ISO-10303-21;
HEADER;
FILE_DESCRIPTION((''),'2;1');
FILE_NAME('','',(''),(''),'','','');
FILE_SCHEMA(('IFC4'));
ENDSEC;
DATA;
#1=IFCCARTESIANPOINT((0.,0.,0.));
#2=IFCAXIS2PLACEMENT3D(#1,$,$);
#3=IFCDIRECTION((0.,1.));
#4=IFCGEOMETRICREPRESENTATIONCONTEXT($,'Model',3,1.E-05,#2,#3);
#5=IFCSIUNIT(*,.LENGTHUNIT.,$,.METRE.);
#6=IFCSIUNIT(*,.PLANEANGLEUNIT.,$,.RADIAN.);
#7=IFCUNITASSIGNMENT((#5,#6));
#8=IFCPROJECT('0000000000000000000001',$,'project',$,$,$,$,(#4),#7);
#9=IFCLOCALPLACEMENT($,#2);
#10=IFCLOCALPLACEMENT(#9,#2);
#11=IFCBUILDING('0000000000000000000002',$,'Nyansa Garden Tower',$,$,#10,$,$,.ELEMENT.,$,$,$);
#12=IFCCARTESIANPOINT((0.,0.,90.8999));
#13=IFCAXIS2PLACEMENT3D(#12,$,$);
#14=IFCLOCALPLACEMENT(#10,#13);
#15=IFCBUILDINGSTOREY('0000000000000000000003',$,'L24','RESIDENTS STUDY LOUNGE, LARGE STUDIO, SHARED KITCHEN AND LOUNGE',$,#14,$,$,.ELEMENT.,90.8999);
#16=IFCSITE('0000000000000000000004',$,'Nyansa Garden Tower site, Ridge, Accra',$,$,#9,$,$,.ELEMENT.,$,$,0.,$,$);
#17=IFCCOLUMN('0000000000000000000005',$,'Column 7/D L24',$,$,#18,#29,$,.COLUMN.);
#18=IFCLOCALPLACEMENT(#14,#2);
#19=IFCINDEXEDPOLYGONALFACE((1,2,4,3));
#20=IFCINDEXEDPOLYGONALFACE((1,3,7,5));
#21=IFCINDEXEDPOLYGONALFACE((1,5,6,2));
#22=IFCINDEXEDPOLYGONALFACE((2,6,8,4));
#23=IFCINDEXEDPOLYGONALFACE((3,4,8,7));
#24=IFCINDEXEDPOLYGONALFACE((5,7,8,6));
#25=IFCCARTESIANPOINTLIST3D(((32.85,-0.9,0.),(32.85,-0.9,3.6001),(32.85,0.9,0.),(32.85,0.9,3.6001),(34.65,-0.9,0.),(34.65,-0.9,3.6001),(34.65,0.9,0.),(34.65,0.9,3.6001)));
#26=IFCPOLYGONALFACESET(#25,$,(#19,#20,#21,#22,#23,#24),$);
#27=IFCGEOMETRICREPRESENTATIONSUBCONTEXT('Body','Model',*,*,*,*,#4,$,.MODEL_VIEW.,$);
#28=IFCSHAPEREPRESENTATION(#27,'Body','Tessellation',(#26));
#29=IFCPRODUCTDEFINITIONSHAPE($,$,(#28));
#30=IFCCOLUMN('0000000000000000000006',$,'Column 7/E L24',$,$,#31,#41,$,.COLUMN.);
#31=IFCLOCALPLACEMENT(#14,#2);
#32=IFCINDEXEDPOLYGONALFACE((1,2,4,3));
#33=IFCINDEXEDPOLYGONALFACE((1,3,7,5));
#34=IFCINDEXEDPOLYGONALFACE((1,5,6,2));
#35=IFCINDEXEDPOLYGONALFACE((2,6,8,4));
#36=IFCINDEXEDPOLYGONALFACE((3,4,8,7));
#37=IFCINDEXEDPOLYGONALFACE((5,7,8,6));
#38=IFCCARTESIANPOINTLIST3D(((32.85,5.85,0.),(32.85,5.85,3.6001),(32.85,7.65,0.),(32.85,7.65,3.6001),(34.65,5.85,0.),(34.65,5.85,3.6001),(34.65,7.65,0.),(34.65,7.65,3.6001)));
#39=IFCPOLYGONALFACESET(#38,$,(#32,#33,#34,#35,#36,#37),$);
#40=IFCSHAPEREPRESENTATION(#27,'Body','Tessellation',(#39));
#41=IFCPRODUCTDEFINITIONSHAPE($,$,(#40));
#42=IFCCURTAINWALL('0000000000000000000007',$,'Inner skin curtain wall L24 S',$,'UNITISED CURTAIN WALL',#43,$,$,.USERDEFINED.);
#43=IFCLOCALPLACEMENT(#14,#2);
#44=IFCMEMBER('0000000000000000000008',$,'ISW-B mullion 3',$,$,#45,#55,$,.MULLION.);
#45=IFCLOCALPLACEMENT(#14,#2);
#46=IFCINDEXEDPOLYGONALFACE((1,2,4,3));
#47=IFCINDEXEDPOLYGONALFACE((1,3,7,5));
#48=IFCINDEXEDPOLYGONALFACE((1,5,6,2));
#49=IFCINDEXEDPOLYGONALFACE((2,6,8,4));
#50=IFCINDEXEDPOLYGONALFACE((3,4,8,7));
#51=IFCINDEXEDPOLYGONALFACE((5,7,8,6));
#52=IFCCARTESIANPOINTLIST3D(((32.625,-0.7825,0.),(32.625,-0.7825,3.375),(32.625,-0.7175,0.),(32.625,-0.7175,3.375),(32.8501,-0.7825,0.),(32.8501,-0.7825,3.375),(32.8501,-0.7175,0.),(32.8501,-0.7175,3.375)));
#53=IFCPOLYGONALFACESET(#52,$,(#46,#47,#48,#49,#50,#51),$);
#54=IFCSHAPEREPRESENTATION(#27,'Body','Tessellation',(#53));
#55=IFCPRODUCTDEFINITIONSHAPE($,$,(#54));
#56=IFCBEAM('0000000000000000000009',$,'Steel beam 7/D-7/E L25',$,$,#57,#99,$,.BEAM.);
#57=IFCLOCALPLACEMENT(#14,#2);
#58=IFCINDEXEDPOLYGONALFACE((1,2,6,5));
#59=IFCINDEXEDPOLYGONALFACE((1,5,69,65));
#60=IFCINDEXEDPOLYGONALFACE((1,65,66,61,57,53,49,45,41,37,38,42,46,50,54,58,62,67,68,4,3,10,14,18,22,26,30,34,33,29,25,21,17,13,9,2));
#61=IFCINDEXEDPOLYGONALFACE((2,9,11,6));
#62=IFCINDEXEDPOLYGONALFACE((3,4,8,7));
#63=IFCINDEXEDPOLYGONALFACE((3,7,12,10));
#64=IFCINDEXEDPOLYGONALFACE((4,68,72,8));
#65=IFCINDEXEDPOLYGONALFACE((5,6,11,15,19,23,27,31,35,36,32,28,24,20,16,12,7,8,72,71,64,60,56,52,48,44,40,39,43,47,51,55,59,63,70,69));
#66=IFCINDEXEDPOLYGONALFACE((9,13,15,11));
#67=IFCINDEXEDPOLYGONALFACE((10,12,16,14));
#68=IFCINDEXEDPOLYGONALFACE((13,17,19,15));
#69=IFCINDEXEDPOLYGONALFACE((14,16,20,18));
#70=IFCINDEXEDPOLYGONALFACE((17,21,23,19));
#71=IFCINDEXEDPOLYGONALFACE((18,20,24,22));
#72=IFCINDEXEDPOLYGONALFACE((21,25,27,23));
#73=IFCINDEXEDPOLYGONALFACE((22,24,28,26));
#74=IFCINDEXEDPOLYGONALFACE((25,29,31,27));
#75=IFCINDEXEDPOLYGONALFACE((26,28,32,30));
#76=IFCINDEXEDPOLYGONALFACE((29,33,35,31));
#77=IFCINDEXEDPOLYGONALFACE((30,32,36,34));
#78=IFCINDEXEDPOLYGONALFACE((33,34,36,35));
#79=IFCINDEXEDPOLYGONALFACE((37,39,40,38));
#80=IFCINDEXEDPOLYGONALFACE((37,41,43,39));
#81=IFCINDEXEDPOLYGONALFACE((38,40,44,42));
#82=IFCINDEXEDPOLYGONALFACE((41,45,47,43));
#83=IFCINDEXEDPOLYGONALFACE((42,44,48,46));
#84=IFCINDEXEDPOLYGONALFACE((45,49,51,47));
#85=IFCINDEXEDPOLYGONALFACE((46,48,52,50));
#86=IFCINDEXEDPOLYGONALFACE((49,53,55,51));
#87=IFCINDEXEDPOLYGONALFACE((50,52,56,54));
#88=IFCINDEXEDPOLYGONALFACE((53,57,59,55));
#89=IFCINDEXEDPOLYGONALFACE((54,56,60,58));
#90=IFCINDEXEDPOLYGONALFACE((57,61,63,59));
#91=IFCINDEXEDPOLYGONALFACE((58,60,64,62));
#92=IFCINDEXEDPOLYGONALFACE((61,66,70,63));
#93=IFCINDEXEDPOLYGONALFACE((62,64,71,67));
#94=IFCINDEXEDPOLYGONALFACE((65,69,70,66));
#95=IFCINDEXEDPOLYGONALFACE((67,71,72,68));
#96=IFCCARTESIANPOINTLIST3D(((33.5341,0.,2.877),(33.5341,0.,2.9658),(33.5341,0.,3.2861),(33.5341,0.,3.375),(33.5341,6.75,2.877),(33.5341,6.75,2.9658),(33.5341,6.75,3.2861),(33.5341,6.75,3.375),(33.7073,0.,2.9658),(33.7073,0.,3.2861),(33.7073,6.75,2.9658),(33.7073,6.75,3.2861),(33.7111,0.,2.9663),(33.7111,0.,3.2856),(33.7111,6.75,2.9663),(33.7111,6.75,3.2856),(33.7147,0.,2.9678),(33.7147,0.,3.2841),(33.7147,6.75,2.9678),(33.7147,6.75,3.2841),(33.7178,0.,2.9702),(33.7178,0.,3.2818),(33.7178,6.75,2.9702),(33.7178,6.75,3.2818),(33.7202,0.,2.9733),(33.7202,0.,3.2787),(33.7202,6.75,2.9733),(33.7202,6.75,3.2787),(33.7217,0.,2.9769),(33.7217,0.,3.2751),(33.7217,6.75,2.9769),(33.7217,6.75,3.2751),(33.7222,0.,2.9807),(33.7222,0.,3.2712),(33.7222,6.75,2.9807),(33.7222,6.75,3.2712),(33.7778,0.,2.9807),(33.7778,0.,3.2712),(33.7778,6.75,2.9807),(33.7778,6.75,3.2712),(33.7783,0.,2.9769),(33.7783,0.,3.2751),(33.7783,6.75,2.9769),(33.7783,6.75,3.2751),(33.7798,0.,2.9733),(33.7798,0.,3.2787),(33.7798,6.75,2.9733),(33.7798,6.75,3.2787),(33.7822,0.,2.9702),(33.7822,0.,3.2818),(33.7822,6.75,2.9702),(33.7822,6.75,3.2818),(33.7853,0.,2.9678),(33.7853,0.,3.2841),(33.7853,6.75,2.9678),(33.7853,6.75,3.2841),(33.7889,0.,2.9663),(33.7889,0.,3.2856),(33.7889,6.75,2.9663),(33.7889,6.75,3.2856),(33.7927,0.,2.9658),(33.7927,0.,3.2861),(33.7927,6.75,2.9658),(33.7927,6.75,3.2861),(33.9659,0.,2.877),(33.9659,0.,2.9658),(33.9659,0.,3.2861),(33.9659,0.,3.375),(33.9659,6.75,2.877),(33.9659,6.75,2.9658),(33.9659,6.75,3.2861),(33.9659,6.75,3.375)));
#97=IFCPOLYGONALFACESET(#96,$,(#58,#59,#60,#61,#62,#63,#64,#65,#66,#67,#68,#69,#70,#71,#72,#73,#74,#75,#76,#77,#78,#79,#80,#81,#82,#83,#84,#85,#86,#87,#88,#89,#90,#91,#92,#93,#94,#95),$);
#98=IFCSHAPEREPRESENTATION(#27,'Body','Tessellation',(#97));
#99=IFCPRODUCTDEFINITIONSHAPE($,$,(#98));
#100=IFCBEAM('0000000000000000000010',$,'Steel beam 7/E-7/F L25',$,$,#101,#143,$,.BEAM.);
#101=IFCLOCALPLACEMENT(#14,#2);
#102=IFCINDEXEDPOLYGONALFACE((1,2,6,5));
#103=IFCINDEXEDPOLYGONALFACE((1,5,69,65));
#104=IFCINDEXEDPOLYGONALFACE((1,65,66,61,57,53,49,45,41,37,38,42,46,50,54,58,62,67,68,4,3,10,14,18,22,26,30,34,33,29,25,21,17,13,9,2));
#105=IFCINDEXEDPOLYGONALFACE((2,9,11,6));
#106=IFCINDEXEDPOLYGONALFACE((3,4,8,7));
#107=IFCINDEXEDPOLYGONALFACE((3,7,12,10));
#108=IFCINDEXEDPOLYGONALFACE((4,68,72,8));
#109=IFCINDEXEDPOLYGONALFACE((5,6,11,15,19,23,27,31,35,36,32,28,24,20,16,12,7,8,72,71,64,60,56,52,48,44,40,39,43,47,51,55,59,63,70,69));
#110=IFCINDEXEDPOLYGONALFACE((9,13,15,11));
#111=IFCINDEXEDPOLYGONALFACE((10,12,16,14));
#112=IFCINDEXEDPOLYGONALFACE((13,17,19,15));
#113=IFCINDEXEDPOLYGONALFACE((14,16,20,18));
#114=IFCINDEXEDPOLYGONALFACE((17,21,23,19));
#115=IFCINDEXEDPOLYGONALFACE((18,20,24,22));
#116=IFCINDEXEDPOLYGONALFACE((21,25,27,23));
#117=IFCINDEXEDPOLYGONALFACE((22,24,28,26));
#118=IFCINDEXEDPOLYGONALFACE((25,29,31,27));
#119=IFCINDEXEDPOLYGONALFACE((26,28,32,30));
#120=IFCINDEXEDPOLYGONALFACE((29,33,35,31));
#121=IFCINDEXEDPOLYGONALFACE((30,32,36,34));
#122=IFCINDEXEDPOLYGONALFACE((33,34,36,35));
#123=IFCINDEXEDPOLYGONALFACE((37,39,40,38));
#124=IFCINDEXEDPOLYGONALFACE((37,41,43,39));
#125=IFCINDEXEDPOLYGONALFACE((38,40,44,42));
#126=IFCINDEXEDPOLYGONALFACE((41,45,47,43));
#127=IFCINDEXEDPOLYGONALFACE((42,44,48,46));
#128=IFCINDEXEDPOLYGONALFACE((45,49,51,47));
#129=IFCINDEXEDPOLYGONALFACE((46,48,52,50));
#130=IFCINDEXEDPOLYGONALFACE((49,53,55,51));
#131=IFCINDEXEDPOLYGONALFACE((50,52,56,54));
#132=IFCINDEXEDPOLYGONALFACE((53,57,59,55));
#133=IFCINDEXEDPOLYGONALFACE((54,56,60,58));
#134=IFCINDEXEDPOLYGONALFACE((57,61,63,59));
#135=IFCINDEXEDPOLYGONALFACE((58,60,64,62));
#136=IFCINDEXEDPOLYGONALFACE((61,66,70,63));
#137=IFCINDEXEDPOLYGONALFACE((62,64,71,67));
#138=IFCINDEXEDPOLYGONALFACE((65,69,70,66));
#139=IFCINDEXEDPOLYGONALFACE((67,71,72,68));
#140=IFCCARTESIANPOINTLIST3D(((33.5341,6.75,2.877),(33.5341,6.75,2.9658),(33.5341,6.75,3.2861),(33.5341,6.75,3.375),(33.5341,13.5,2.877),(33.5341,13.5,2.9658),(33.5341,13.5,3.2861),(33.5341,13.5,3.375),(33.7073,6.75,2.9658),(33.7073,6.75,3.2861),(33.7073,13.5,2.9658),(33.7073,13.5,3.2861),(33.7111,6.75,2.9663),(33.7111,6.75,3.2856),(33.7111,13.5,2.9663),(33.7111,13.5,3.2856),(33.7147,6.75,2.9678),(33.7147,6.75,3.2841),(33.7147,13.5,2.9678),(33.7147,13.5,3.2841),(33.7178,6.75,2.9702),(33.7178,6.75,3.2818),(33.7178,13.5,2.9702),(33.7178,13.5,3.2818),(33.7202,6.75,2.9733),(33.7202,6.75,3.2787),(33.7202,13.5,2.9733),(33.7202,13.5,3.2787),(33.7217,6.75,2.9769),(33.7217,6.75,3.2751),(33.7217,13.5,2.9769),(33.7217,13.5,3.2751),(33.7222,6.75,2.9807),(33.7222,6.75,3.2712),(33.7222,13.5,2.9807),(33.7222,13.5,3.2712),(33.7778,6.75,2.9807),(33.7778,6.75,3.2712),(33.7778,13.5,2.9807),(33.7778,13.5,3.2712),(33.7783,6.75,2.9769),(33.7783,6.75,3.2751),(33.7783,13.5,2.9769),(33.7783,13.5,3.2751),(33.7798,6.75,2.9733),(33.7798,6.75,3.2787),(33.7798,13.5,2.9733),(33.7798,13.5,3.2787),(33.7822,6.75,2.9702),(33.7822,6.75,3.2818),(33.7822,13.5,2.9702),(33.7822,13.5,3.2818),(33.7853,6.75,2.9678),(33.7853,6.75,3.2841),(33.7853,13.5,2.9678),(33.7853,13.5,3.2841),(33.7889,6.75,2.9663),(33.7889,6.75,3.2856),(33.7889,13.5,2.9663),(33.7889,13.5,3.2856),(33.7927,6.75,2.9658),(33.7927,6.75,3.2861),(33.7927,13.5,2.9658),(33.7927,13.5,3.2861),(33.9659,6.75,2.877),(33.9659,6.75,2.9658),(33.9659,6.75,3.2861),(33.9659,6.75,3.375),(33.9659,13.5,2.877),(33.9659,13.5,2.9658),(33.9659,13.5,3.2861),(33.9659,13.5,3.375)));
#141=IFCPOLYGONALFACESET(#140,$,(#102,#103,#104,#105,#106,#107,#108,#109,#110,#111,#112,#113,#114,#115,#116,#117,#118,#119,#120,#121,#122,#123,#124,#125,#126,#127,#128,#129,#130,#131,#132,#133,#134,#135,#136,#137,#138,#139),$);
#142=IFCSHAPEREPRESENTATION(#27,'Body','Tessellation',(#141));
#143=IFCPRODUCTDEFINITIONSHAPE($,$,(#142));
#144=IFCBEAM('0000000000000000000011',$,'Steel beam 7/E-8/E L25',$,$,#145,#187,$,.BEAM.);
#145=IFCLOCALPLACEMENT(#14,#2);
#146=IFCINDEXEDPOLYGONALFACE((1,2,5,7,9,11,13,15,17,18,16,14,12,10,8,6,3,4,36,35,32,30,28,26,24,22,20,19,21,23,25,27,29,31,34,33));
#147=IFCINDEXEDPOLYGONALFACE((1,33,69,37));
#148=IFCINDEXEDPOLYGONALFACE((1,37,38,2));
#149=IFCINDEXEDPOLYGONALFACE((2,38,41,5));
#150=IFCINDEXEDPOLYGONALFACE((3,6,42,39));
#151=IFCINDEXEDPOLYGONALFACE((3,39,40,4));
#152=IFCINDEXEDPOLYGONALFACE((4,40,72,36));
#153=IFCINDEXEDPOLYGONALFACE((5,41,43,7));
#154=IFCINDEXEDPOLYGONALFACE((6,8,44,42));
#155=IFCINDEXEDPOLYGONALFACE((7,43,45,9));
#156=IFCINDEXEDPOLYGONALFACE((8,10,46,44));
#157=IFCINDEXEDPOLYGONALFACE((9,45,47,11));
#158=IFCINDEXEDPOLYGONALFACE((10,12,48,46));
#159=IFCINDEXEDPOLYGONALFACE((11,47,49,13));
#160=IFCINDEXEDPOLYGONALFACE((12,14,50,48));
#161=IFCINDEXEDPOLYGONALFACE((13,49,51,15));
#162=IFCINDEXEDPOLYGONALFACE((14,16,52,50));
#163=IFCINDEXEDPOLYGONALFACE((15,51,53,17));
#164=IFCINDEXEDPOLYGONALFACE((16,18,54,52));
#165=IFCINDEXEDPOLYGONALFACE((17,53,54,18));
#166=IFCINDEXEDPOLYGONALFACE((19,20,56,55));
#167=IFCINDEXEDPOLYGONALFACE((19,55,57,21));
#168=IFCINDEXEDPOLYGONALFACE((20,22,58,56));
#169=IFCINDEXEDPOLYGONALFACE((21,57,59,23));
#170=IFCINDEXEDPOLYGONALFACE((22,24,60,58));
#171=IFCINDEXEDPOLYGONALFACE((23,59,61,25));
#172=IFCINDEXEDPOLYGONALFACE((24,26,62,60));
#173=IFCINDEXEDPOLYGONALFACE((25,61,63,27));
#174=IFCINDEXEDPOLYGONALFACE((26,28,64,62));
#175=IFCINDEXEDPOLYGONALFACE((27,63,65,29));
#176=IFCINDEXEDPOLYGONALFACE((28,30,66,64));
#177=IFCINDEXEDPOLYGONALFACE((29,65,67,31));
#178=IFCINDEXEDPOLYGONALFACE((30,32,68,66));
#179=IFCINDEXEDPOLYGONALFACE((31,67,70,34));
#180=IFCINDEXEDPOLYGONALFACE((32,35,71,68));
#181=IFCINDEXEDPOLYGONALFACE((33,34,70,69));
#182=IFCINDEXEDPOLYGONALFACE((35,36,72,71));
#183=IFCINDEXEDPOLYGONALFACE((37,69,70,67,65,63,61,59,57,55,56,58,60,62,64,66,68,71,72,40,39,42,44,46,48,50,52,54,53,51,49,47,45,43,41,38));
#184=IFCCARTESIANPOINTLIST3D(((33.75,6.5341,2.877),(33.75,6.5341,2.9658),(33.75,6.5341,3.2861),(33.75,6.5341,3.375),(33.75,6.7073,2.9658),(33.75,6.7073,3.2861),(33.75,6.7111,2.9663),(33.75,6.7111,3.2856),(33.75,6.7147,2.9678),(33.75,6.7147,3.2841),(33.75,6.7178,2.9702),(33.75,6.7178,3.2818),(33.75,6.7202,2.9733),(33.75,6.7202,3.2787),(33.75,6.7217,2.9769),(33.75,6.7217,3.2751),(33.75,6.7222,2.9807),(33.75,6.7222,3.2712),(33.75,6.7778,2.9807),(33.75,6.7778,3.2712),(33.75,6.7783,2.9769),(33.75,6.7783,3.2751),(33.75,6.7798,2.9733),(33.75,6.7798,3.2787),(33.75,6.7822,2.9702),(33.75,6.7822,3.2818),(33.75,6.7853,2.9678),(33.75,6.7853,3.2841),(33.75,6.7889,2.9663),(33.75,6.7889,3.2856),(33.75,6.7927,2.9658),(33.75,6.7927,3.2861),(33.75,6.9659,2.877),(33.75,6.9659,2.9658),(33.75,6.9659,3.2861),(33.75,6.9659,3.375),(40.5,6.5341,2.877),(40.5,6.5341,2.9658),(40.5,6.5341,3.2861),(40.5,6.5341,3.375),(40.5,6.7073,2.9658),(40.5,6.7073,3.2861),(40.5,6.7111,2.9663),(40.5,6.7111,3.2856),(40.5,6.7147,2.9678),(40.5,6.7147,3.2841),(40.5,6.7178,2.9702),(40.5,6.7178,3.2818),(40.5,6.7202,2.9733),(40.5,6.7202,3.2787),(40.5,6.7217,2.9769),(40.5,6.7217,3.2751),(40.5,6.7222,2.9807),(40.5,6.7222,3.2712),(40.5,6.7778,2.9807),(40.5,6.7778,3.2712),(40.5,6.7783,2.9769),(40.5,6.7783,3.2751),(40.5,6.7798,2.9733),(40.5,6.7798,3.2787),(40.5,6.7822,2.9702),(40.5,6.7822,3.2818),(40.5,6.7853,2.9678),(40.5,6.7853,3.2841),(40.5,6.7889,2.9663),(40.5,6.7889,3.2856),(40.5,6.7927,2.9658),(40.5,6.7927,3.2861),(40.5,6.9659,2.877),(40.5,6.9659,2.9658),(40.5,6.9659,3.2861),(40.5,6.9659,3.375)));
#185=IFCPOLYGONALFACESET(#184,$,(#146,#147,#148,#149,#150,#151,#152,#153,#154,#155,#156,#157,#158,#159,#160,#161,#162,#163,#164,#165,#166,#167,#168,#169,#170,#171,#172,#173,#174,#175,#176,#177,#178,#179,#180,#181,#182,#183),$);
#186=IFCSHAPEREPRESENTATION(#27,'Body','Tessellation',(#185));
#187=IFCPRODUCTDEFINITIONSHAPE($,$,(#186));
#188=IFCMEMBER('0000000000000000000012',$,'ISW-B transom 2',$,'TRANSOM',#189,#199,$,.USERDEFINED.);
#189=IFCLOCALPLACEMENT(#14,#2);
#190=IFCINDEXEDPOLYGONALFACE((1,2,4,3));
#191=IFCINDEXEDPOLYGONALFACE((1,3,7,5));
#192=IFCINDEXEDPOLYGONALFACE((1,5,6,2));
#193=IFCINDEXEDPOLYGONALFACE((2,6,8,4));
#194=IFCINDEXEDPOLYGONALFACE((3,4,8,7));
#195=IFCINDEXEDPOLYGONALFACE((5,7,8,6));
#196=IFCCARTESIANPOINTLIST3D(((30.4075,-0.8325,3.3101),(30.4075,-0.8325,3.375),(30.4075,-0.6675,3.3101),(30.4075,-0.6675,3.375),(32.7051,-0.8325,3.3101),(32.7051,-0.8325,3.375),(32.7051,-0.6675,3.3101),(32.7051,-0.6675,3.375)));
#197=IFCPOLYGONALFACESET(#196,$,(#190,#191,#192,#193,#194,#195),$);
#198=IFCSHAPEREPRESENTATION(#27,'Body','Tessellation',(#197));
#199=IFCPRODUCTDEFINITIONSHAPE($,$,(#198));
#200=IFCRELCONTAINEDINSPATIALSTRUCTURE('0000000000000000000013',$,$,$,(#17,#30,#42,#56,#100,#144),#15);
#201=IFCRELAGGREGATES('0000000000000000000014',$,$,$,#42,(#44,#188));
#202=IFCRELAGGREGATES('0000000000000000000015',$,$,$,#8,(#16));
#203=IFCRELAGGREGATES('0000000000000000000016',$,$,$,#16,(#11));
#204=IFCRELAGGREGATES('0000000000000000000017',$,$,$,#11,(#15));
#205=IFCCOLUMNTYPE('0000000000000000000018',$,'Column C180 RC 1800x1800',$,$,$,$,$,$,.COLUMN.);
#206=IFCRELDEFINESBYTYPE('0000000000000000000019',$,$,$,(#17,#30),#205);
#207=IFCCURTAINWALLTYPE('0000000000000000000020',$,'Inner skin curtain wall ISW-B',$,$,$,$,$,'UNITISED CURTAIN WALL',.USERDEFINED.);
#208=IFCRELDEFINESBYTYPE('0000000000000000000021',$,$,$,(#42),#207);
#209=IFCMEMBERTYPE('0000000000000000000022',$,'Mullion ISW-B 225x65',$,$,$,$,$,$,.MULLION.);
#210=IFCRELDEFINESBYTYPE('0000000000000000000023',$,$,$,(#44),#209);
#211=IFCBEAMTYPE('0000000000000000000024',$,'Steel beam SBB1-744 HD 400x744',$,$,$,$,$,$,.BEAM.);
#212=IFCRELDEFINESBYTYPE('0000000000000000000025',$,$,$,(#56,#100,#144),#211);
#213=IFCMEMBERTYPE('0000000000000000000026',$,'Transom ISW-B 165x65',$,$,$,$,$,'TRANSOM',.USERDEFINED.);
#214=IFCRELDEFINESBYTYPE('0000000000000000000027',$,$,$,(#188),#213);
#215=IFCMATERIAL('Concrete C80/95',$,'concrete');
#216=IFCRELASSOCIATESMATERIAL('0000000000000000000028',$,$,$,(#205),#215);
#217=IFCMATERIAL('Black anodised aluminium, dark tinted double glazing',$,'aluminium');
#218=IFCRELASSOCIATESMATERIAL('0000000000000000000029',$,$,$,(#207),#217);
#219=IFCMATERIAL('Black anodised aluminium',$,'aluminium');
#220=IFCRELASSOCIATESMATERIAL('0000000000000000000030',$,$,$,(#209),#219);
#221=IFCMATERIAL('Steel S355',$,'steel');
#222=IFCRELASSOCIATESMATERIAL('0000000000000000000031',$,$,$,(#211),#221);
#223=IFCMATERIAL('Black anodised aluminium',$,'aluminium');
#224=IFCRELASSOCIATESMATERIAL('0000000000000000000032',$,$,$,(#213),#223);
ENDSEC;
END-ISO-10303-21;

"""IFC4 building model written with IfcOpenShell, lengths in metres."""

from ifc_helpers import new_model, si_unit, direction, frame, origin, origin_2d, place, context, subcontext, project, spatial, rectangle, i_section, extrude, material, material_profile, profile_set, type_object, element, aggregate, save


model = new_model("IFC4")

# Units and contexts
model_context = context("Model", 3, precision=1e-05, world=origin(), true_north=direction((0.0, 1.0)))
body_context = subcontext(model_context, "Body", "Model", "MODEL_VIEW")
ifc_project = project(units=[si_unit("LENGTHUNIT", "METRE"), si_unit("PLANEANGLEUNIT", "RADIAN")], contexts=[model_context])

# Site, building, storey
site_placement = place(None, origin())
site = spatial("IfcSite", under=ifc_project, at=site_placement, Name="Nyansa Garden Tower site, Ridge, Accra", CompositionType="ELEMENT", RefElevation=0.0)
building_placement = place(site_placement, origin())
building = spatial("IfcBuilding", under=site, at=building_placement, Name="Nyansa Garden Tower", CompositionType="ELEMENT")
storey_placement = place(building_placement, frame((0.0, 0.0, 90.8999)))
storey = spatial("IfcBuildingStorey", under=building, at=storey_placement, Name="L24", Description="RESIDENTS STUDY LOUNGE, LARGE STUDIO, SHARED KITCHEN AND LOUNGE", CompositionType="ELEMENT", Elevation=90.8999)

# Columns
ifc_material_1 = material(Name="Concrete C80/95", Category="concrete")
ifc_material_profile_1 = material_profile(ifc_material_1, rectangle(XDim=1.8, YDim=1.8, at=origin_2d()), Name="RC 1800x1800")
ifc_profile_set_1 = profile_set([ifc_material_profile_1], Name="Concrete C80/95")
column_type = type_object("IfcColumnType", Name="Column C180 RC 1800x1800", PredefinedType="COLUMN", material=ifc_profile_set_1)
for number, where, z_axis, x_axis, name in (
    (1, (33.75, 0.0, 0.0), (0.0, 0.0, 1.0), (1.0, 0.0, 0.0), "Column 7/D L24"),
    (2, (33.75, 6.75, 0.0), (0.0, 0.0, 1.0), (1.0, 0.0, 0.0), "Column 7/E L24"),
):
    element("IfcColumn", number, at=place(storey_placement, frame(where, z_axis=z_axis, x_axis=x_axis)), inside=storey, type_object=column_type, Name=name, PredefinedType="COLUMN", context=body_context, shape_type="SweptSolid", body=[
        extrude(rectangle(XDim=1.8, YDim=1.8, at=origin_2d()), origin(), (0.0, 0.0, 1.0), 3.6001),
    ])

# Curtain wall, member
ifc_material_2 = material(Name="Black anodised aluminium, dark tinted double glazing", Category="aluminium")
curtain_wall_type = type_object("IfcCurtainWallType", Name="Inner skin curtain wall ISW-B", ElementType="UNITISED CURTAIN WALL", PredefinedType="USERDEFINED", material=ifc_material_2)
curtain_wall_placement = place(storey_placement, origin())
curtain_wall = element("IfcCurtainWall", 3, at=curtain_wall_placement, inside=storey, type_object=curtain_wall_type, Name="Inner skin curtain wall L24 S", ObjectType="UNITISED CURTAIN WALL", PredefinedType="USERDEFINED")
ifc_material_3 = material(Name="Black anodised aluminium", Category="aluminium")
ifc_material_profile_2 = material_profile(ifc_material_3, rectangle(XDim=0.0649, YDim=0.2251, at=origin_2d()), Name="Mullion 225x65")
ifc_profile_set_2 = profile_set([ifc_material_profile_2], Name="Black anodised aluminium")
member_type_1 = type_object("IfcMemberType", Name="Mullion ISW-B 225x65", PredefinedType="MULLION", material=ifc_profile_set_2)
member_1_placement = place(storey_placement, frame((32.7375, -0.75, 0.0), z_axis=(0.0, 0.0, 1.0), x_axis=(0.0, 1.0, 0.0)))
member_1 = element("IfcMember", 4, at=member_1_placement, type_object=member_type_1, Name="ISW-B mullion 3", PredefinedType="MULLION", context=body_context, shape_type="SweptSolid", body=[
    extrude(rectangle(XDim=0.0649, YDim=0.2251, at=origin_2d()), origin(), (0.0, 0.0, 1.0), 3.375),
])

# Beams
ifc_material_4 = material(Name="Steel S355", Category="steel")
ifc_material_profile_3 = material_profile(ifc_material_4, i_section(OverallWidth=0.4319, OverallDepth=0.498, WebThickness=0.0557, FlangeThickness=0.0889, FilletRadius=0.0149, at=origin_2d()), Name="HD 400x744")
ifc_profile_set_3 = profile_set([ifc_material_profile_3], Name="Steel S355")
beam_type = type_object("IfcBeamType", Name="Steel beam SBB1-744 HD 400x744", PredefinedType="BEAM", material=ifc_profile_set_3)
for number, where, z_axis, x_axis, name in (
    (5, (33.75, 0.0, 3.126), (0.0, 1.0, 0.0), (-1.0, 0.0, 0.0), "Steel beam 7/D-7/E L25"),
    (6, (33.75, 6.75, 3.126), (0.0, 1.0, 0.0), (-1.0, 0.0, 0.0), "Steel beam 7/E-7/F L25"),
    (7, (33.75, 6.75, 3.126), (1.0, 0.0, 0.0), (0.0, 1.0, 0.0), "Steel beam 7/E-8/E L25"),
):
    element("IfcBeam", number, at=place(storey_placement, frame(where, z_axis=z_axis, x_axis=x_axis)), inside=storey, type_object=beam_type, Name=name, PredefinedType="BEAM", context=body_context, shape_type="SweptSolid", body=[
        extrude(i_section(OverallWidth=0.4319, OverallDepth=0.498, WebThickness=0.0557, FlangeThickness=0.0889, FilletRadius=0.0149, at=origin_2d()), origin(), (0.0, 0.0, 1.0), 6.75),
    ])

# Member
ifc_material_5 = material(Name="Black anodised aluminium", Category="aluminium")
ifc_material_profile_4 = material_profile(ifc_material_5, rectangle(XDim=0.165, YDim=0.0649, at=origin_2d()), Name="Transom 165x65")
ifc_profile_set_4 = profile_set([ifc_material_profile_4], Name="Black anodised aluminium")
member_type_2 = type_object("IfcMemberType", Name="Transom ISW-B 165x65", ElementType="TRANSOM", PredefinedType="USERDEFINED", material=ifc_profile_set_4)
member_2_placement = place(storey_placement, frame((30.4075, -0.75, 3.3425), z_axis=(1.0, 0.0, 0.0), x_axis=(0.0, 1.0, 0.0)))
member_2 = element("IfcMember", 8, at=member_2_placement, type_object=member_type_2, Name="ISW-B transom 2", ObjectType="TRANSOM", PredefinedType="USERDEFINED", context=body_context, shape_type="SweptSolid", body=[
    extrude(rectangle(XDim=0.165, YDim=0.0649, at=origin_2d()), origin(), (0.0, 0.0, 1.0), 2.2976),
])

aggregate(curtain_wall, [member_1, member_2])

save(model, "model.ifc")
